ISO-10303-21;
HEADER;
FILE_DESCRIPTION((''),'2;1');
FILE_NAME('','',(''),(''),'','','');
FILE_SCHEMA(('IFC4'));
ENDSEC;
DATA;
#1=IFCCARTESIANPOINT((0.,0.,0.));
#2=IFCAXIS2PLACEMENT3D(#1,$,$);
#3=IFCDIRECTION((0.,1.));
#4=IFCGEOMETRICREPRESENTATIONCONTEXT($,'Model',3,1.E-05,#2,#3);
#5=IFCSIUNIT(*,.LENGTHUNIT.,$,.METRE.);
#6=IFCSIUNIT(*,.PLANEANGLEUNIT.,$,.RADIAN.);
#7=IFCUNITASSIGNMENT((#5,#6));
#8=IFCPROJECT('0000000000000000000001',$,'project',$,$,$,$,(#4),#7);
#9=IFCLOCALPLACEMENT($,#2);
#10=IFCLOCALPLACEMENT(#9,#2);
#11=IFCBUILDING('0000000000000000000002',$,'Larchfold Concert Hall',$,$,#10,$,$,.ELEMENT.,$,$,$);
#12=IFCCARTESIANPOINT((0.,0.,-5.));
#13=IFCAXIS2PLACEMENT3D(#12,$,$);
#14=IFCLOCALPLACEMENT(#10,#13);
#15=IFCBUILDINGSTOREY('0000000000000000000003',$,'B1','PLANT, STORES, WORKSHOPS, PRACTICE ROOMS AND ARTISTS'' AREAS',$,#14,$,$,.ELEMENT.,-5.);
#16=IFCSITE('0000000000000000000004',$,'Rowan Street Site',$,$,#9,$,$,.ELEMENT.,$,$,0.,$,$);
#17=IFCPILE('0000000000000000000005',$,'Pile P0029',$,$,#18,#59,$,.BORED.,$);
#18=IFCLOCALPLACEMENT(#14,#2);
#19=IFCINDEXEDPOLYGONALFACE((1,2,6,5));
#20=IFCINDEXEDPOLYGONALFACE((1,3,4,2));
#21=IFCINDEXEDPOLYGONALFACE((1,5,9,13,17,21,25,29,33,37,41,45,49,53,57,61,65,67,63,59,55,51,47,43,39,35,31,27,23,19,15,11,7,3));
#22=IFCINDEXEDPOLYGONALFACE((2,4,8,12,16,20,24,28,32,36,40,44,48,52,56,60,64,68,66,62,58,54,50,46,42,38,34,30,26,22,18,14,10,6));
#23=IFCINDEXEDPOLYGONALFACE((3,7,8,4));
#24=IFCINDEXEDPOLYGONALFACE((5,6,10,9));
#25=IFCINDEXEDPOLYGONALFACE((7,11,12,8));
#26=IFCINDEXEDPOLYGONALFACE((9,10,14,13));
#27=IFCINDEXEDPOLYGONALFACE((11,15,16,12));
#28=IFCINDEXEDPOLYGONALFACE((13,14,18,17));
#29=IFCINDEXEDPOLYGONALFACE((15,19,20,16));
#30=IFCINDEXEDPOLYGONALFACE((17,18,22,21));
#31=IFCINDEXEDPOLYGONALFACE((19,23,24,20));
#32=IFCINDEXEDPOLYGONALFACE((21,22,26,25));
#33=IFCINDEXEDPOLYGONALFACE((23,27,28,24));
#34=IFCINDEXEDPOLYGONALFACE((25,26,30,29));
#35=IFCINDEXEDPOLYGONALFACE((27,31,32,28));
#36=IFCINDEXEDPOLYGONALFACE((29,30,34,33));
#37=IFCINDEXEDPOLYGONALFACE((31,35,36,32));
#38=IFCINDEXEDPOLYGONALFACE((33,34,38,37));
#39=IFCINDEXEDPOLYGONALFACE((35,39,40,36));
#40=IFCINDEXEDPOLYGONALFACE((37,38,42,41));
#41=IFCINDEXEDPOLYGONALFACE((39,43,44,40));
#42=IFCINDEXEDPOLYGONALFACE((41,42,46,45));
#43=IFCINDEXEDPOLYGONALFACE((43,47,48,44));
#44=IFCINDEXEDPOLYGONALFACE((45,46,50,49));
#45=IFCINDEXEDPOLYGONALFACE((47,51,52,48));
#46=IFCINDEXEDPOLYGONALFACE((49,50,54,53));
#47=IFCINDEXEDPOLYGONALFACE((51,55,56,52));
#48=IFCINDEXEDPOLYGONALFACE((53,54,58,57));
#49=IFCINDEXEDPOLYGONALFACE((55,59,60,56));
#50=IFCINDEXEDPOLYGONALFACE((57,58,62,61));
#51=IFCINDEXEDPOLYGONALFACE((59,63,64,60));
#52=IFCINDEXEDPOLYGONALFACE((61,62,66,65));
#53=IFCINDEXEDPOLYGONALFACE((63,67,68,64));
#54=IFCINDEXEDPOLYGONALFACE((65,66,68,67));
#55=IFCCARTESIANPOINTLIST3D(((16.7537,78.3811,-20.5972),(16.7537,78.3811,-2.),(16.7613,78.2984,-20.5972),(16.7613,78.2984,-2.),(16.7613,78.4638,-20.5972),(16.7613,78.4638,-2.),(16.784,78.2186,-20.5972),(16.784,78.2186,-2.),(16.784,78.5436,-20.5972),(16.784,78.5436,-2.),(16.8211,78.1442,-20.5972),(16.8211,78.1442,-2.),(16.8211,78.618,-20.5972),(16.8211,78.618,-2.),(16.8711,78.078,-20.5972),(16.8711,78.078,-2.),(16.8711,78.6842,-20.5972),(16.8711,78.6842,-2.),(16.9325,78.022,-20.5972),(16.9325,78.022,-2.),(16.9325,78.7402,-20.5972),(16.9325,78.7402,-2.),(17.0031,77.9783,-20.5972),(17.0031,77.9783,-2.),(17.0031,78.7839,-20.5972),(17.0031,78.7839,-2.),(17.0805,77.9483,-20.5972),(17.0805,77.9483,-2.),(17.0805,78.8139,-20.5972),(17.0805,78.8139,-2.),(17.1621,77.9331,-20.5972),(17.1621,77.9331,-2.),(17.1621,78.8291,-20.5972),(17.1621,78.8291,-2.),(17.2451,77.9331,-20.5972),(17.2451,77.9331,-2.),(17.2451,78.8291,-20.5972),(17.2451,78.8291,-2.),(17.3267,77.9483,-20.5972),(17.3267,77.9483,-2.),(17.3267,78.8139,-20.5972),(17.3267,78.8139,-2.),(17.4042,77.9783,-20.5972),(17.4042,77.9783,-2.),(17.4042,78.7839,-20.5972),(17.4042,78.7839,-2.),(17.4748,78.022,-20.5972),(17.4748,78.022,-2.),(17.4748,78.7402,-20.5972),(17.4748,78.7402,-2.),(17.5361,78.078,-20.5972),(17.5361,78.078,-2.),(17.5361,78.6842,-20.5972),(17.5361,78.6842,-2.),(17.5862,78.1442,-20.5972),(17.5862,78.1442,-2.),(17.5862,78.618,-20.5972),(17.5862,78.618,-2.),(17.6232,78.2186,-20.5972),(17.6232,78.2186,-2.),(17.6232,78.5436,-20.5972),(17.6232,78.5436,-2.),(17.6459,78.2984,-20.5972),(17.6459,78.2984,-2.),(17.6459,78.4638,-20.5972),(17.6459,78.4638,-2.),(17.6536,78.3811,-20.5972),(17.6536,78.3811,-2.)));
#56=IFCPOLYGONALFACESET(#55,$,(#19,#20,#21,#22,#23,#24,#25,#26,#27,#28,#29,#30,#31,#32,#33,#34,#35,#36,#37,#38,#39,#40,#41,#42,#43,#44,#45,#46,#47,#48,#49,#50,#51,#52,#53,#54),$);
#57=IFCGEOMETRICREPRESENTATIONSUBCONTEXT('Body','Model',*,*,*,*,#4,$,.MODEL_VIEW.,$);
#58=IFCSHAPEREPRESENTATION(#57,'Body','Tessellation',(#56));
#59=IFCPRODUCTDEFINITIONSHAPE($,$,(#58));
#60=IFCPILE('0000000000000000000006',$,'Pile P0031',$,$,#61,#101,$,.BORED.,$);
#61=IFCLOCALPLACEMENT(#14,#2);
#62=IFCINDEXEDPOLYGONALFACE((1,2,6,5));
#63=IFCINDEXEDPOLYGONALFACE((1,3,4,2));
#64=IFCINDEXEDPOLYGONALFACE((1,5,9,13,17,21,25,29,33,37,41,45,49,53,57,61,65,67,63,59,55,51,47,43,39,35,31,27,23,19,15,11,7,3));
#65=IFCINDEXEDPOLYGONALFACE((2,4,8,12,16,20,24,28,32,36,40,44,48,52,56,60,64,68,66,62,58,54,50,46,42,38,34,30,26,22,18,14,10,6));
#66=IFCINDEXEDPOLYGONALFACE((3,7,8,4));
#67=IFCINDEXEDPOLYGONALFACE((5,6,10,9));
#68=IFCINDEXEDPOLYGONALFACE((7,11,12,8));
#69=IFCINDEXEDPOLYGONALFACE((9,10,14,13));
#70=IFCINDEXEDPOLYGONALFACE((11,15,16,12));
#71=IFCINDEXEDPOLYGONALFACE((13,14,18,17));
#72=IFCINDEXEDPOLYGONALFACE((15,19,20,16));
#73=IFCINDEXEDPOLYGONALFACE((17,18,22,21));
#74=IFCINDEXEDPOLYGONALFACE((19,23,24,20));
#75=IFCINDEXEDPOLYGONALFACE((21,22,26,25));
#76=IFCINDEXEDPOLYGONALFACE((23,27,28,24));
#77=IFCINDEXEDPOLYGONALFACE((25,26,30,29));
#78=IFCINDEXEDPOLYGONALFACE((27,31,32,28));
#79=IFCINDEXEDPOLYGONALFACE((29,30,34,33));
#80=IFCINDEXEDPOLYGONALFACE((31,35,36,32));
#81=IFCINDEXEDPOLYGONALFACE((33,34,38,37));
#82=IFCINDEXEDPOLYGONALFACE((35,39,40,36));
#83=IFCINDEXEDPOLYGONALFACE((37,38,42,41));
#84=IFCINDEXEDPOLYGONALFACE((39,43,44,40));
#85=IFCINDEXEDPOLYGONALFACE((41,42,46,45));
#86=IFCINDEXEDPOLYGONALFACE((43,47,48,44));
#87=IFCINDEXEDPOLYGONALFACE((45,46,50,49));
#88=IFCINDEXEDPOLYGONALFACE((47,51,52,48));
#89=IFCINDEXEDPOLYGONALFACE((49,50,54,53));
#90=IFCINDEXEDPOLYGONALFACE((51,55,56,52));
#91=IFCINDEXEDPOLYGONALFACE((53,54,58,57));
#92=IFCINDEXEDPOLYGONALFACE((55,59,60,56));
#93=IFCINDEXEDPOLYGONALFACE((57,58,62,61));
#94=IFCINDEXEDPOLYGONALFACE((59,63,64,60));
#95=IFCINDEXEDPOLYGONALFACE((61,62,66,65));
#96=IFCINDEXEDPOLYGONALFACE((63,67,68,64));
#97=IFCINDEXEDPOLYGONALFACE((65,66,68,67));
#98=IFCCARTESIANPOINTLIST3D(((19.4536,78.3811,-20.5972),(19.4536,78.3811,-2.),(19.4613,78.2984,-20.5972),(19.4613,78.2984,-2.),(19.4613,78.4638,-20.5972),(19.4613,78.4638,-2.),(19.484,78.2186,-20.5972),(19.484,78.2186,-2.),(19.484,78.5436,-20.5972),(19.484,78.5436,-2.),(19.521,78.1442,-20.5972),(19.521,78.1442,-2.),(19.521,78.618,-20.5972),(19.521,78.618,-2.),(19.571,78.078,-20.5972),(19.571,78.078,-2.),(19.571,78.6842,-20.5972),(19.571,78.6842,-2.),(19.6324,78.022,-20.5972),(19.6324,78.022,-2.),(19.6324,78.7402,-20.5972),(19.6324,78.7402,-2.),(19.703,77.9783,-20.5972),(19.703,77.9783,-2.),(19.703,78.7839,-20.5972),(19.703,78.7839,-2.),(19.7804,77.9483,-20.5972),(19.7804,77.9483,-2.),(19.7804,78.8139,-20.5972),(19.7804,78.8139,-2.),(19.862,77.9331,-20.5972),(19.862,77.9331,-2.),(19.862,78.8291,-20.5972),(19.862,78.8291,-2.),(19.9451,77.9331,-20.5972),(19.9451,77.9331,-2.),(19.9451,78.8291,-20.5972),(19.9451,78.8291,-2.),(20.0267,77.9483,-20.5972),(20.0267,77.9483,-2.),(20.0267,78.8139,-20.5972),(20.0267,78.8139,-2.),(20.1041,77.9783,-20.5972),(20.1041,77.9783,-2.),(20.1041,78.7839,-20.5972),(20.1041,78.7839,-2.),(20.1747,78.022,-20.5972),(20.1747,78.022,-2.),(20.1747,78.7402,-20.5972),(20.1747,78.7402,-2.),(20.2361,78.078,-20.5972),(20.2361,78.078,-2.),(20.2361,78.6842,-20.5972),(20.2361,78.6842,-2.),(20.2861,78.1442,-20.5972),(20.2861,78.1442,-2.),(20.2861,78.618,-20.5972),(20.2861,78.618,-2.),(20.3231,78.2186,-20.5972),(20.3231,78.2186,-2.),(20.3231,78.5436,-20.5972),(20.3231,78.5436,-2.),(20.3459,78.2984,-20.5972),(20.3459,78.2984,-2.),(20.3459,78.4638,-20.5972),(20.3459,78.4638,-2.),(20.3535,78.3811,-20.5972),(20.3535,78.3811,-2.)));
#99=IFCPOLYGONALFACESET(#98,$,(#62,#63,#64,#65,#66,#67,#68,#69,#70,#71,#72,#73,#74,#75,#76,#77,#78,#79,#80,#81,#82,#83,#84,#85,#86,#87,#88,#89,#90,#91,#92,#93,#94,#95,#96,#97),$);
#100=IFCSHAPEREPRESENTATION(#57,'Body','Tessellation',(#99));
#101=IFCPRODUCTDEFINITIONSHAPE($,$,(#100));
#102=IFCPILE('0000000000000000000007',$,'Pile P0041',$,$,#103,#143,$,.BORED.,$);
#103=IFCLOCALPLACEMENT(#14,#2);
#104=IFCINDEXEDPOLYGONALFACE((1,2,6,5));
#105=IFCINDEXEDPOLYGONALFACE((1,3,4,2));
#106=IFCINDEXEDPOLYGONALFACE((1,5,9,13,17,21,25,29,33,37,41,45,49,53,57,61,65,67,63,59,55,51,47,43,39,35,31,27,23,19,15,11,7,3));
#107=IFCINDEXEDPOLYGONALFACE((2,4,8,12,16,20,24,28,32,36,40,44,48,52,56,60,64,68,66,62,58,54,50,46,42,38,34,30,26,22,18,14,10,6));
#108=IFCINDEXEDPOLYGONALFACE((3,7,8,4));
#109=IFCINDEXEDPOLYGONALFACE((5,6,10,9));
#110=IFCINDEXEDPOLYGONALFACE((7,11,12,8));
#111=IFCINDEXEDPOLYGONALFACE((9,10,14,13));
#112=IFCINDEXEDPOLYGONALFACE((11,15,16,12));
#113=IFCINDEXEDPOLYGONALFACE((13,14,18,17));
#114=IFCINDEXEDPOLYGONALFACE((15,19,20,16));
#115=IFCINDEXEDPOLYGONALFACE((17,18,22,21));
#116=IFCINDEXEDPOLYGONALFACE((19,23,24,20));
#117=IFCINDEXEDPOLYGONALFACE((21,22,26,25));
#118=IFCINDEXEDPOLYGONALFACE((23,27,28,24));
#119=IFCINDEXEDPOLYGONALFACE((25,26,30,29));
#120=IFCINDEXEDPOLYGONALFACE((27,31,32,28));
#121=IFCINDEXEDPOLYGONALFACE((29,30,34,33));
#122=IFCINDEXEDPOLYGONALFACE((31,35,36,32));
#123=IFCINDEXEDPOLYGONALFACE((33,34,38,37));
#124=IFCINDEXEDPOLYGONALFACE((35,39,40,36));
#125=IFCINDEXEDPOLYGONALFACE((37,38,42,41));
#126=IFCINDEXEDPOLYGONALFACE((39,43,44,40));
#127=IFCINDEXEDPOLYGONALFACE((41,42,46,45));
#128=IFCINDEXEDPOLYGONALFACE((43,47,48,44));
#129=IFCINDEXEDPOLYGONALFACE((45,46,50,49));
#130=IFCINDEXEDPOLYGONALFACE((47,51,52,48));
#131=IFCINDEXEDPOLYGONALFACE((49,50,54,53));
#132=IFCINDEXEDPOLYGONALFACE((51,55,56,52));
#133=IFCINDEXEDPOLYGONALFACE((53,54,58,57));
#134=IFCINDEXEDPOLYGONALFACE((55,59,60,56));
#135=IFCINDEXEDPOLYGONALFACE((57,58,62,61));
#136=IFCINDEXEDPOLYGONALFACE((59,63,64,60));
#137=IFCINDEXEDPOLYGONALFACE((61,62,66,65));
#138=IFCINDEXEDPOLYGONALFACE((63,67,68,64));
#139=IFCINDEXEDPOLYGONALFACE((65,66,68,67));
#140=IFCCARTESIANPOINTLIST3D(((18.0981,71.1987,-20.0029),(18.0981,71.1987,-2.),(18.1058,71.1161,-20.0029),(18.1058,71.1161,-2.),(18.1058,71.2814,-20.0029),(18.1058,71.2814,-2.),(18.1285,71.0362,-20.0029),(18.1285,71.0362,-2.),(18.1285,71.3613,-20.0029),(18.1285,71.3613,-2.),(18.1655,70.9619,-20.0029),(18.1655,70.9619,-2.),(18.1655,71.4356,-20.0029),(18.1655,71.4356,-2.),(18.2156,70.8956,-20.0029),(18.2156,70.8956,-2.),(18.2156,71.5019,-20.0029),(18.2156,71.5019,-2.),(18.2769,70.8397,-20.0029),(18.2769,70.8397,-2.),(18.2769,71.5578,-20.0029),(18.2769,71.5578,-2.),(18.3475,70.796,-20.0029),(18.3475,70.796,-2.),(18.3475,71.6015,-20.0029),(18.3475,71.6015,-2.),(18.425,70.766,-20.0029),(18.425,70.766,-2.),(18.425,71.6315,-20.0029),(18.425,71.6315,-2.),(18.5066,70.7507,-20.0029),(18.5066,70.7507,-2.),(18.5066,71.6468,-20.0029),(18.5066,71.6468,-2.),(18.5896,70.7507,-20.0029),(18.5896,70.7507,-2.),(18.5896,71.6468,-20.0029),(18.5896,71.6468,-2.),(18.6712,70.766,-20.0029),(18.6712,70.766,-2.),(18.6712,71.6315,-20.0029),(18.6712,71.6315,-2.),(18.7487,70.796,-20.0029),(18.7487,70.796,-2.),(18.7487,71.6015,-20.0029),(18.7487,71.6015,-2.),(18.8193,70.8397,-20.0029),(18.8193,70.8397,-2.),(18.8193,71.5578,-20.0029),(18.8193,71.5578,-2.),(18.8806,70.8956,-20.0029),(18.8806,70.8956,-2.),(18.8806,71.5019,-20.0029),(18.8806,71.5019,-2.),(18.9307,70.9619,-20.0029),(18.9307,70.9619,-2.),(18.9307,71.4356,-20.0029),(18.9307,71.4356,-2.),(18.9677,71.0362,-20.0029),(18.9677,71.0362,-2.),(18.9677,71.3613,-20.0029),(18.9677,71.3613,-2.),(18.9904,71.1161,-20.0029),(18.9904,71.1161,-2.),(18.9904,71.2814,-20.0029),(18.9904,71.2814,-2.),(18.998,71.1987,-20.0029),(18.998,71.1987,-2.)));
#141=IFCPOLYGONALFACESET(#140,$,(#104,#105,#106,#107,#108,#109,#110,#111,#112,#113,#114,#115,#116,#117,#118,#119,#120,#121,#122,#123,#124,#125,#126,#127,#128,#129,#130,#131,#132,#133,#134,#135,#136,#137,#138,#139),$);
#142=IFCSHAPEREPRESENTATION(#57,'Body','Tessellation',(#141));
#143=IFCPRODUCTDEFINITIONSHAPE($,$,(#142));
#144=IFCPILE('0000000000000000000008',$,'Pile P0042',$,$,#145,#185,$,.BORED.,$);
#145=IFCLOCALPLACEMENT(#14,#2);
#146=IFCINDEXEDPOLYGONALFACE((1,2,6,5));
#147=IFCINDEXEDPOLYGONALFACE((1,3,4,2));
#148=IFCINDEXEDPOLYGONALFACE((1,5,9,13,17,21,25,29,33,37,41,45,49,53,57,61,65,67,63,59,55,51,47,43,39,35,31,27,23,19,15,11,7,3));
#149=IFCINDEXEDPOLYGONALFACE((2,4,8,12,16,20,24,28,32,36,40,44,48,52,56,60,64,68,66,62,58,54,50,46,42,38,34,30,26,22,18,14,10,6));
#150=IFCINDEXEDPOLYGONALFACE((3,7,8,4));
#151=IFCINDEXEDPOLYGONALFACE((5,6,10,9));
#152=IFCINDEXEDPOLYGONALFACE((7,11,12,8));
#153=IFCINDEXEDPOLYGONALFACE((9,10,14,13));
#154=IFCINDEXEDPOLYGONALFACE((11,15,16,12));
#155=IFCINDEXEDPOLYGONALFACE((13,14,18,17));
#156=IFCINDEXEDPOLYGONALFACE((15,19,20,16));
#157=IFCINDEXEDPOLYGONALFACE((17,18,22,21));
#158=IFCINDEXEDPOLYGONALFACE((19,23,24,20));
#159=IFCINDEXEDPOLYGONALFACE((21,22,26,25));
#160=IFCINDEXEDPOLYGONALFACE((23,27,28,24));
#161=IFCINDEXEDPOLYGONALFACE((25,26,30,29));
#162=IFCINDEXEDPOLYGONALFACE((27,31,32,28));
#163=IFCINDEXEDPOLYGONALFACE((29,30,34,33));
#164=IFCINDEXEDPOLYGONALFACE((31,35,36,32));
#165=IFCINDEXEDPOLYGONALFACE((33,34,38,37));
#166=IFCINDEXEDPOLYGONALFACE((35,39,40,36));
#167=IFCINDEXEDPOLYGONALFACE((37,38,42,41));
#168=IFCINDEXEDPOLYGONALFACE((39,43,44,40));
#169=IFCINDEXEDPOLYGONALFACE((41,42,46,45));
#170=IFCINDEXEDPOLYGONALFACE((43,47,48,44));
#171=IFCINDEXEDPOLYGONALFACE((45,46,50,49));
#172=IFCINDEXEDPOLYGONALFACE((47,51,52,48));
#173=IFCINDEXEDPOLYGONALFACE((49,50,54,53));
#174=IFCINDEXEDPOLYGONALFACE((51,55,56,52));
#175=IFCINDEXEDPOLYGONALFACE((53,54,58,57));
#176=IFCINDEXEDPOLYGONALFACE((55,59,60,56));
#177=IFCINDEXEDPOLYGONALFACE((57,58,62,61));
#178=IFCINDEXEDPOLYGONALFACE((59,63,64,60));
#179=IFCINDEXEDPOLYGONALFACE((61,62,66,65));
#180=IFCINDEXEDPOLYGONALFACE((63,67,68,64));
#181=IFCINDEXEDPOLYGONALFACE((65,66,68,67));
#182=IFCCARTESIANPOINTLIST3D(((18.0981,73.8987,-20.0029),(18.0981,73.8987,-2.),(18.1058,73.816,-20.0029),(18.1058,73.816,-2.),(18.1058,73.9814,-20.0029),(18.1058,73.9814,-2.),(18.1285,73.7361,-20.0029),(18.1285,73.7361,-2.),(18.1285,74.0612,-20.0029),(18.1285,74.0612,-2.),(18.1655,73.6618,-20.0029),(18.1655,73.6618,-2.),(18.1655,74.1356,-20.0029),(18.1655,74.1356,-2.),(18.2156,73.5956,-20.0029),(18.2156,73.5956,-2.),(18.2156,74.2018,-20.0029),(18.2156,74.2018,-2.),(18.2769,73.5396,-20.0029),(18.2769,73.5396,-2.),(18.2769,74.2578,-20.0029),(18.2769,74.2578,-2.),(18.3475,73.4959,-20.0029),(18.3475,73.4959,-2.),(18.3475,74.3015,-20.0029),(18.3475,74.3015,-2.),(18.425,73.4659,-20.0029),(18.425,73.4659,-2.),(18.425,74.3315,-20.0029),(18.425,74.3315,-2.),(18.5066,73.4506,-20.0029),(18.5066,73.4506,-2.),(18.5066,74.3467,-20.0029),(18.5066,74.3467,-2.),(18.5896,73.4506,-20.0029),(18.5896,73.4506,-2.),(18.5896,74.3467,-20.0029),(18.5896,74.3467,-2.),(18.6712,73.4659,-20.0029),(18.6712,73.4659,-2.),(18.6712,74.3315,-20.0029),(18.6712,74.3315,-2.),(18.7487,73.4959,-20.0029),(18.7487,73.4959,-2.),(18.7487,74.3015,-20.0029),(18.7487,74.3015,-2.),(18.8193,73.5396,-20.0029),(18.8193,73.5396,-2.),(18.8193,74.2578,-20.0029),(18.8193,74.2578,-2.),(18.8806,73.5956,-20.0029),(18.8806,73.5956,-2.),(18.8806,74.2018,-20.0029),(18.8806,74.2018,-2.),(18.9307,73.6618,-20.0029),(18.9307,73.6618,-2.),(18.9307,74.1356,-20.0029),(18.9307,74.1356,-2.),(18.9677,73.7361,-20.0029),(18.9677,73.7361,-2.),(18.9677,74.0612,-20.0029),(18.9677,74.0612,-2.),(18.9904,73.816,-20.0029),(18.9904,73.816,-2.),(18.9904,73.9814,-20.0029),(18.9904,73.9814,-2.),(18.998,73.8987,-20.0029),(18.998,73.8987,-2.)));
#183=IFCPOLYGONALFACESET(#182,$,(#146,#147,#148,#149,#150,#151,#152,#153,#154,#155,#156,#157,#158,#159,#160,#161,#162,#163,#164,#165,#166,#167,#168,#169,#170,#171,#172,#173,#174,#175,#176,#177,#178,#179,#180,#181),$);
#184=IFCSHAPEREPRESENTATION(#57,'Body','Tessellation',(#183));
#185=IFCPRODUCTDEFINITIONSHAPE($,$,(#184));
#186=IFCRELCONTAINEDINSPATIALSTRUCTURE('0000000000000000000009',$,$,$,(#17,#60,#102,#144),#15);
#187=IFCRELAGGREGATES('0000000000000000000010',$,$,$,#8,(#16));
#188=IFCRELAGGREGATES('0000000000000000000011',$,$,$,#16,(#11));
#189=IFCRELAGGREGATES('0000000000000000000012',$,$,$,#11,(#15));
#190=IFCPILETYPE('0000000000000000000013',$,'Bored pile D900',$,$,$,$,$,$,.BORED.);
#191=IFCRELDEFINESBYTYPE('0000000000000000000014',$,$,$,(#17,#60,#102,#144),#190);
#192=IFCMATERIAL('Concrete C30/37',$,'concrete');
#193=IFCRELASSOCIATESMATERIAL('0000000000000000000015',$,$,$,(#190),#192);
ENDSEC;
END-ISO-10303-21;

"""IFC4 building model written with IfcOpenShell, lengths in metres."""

from ifc_helpers import new_model, si_unit, direction, frame, origin, origin_2d, place, context, subcontext, project, spatial, circle, extrude, material, material_profile, profile_set, type_object, element, save


model = new_model("IFC4")

# Units and contexts
model_context = context("Model", 3, precision=1e-05, world=origin(), true_north=direction((0.0, 1.0)))
body_context = subcontext(model_context, "Body", "Model", "MODEL_VIEW")
ifc_project = project(units=[si_unit("LENGTHUNIT", "METRE"), si_unit("PLANEANGLEUNIT", "RADIAN")], contexts=[model_context])

# Site, building, storey
site_placement = place(None, origin())
site = spatial("IfcSite", under=ifc_project, at=site_placement, Name="Rowan Street Site", CompositionType="ELEMENT", RefElevation=0.0)
building_placement = place(site_placement, origin())
building = spatial("IfcBuilding", under=site, at=building_placement, Name="Larchfold Concert Hall", CompositionType="ELEMENT")
storey_placement = place(building_placement, frame((0.0, 0.0, -5.0)))
storey = spatial("IfcBuildingStorey", under=building, at=storey_placement, Name="B1", Description="PLANT, STORES, WORKSHOPS, PRACTICE ROOMS AND ARTISTS' AREAS", CompositionType="ELEMENT", Elevation=-5.0)

# Piles
ifc_material_1 = material(Name="Concrete C30/37", Category="concrete")
ifc_material_profile_1 = material_profile(ifc_material_1, circle(Radius=0.45, at=origin_2d()))
ifc_profile_set_1 = profile_set([ifc_material_profile_1], Name="Concrete C30/37")
pile_type = type_object("IfcPileType", Name="Bored pile D900", PredefinedType="BORED", material=ifc_profile_set_1)
for number, where, z_axis, x_axis, name in (
    (1, (17.2036, 78.3811, -2.0), (0.0, 0.0, -1.0), (1.0, 0.0, 0.0), "Pile P0029"),
    (2, (19.9036, 78.3811, -2.0), (0.0, 0.0, -1.0), (1.0, 0.0, 0.0), "Pile P0031"),
):
    element("IfcPile", number, at=place(storey_placement, frame(where, z_axis=z_axis, x_axis=x_axis)), inside=storey, type_object=pile_type, Name=name, PredefinedType="BORED", context=body_context, shape_type="SweptSolid", body=[
        extrude(circle(Radius=0.45, at=origin_2d()), origin(), (0.0, 0.0, 1.0), 18.5972),
    ])
for number, where, z_axis, x_axis, name in (
    (3, (18.5481, 71.1987, -2.0), (0.0, 0.0, -1.0), (1.0, 0.0, 0.0), "Pile P0041"),
    (4, (18.5481, 73.8987, -2.0), (0.0, 0.0, -1.0), (1.0, 0.0, 0.0), "Pile P0042"),
):
    element("IfcPile", number, at=place(storey_placement, frame(where, z_axis=z_axis, x_axis=x_axis)), inside=storey, type_object=pile_type, Name=name, PredefinedType="BORED", context=body_context, shape_type="SweptSolid", body=[
        extrude(circle(Radius=0.45, at=origin_2d()), origin(), (0.0, 0.0, 1.0), 18.0029),
    ])

save(model, "model.ifc")
